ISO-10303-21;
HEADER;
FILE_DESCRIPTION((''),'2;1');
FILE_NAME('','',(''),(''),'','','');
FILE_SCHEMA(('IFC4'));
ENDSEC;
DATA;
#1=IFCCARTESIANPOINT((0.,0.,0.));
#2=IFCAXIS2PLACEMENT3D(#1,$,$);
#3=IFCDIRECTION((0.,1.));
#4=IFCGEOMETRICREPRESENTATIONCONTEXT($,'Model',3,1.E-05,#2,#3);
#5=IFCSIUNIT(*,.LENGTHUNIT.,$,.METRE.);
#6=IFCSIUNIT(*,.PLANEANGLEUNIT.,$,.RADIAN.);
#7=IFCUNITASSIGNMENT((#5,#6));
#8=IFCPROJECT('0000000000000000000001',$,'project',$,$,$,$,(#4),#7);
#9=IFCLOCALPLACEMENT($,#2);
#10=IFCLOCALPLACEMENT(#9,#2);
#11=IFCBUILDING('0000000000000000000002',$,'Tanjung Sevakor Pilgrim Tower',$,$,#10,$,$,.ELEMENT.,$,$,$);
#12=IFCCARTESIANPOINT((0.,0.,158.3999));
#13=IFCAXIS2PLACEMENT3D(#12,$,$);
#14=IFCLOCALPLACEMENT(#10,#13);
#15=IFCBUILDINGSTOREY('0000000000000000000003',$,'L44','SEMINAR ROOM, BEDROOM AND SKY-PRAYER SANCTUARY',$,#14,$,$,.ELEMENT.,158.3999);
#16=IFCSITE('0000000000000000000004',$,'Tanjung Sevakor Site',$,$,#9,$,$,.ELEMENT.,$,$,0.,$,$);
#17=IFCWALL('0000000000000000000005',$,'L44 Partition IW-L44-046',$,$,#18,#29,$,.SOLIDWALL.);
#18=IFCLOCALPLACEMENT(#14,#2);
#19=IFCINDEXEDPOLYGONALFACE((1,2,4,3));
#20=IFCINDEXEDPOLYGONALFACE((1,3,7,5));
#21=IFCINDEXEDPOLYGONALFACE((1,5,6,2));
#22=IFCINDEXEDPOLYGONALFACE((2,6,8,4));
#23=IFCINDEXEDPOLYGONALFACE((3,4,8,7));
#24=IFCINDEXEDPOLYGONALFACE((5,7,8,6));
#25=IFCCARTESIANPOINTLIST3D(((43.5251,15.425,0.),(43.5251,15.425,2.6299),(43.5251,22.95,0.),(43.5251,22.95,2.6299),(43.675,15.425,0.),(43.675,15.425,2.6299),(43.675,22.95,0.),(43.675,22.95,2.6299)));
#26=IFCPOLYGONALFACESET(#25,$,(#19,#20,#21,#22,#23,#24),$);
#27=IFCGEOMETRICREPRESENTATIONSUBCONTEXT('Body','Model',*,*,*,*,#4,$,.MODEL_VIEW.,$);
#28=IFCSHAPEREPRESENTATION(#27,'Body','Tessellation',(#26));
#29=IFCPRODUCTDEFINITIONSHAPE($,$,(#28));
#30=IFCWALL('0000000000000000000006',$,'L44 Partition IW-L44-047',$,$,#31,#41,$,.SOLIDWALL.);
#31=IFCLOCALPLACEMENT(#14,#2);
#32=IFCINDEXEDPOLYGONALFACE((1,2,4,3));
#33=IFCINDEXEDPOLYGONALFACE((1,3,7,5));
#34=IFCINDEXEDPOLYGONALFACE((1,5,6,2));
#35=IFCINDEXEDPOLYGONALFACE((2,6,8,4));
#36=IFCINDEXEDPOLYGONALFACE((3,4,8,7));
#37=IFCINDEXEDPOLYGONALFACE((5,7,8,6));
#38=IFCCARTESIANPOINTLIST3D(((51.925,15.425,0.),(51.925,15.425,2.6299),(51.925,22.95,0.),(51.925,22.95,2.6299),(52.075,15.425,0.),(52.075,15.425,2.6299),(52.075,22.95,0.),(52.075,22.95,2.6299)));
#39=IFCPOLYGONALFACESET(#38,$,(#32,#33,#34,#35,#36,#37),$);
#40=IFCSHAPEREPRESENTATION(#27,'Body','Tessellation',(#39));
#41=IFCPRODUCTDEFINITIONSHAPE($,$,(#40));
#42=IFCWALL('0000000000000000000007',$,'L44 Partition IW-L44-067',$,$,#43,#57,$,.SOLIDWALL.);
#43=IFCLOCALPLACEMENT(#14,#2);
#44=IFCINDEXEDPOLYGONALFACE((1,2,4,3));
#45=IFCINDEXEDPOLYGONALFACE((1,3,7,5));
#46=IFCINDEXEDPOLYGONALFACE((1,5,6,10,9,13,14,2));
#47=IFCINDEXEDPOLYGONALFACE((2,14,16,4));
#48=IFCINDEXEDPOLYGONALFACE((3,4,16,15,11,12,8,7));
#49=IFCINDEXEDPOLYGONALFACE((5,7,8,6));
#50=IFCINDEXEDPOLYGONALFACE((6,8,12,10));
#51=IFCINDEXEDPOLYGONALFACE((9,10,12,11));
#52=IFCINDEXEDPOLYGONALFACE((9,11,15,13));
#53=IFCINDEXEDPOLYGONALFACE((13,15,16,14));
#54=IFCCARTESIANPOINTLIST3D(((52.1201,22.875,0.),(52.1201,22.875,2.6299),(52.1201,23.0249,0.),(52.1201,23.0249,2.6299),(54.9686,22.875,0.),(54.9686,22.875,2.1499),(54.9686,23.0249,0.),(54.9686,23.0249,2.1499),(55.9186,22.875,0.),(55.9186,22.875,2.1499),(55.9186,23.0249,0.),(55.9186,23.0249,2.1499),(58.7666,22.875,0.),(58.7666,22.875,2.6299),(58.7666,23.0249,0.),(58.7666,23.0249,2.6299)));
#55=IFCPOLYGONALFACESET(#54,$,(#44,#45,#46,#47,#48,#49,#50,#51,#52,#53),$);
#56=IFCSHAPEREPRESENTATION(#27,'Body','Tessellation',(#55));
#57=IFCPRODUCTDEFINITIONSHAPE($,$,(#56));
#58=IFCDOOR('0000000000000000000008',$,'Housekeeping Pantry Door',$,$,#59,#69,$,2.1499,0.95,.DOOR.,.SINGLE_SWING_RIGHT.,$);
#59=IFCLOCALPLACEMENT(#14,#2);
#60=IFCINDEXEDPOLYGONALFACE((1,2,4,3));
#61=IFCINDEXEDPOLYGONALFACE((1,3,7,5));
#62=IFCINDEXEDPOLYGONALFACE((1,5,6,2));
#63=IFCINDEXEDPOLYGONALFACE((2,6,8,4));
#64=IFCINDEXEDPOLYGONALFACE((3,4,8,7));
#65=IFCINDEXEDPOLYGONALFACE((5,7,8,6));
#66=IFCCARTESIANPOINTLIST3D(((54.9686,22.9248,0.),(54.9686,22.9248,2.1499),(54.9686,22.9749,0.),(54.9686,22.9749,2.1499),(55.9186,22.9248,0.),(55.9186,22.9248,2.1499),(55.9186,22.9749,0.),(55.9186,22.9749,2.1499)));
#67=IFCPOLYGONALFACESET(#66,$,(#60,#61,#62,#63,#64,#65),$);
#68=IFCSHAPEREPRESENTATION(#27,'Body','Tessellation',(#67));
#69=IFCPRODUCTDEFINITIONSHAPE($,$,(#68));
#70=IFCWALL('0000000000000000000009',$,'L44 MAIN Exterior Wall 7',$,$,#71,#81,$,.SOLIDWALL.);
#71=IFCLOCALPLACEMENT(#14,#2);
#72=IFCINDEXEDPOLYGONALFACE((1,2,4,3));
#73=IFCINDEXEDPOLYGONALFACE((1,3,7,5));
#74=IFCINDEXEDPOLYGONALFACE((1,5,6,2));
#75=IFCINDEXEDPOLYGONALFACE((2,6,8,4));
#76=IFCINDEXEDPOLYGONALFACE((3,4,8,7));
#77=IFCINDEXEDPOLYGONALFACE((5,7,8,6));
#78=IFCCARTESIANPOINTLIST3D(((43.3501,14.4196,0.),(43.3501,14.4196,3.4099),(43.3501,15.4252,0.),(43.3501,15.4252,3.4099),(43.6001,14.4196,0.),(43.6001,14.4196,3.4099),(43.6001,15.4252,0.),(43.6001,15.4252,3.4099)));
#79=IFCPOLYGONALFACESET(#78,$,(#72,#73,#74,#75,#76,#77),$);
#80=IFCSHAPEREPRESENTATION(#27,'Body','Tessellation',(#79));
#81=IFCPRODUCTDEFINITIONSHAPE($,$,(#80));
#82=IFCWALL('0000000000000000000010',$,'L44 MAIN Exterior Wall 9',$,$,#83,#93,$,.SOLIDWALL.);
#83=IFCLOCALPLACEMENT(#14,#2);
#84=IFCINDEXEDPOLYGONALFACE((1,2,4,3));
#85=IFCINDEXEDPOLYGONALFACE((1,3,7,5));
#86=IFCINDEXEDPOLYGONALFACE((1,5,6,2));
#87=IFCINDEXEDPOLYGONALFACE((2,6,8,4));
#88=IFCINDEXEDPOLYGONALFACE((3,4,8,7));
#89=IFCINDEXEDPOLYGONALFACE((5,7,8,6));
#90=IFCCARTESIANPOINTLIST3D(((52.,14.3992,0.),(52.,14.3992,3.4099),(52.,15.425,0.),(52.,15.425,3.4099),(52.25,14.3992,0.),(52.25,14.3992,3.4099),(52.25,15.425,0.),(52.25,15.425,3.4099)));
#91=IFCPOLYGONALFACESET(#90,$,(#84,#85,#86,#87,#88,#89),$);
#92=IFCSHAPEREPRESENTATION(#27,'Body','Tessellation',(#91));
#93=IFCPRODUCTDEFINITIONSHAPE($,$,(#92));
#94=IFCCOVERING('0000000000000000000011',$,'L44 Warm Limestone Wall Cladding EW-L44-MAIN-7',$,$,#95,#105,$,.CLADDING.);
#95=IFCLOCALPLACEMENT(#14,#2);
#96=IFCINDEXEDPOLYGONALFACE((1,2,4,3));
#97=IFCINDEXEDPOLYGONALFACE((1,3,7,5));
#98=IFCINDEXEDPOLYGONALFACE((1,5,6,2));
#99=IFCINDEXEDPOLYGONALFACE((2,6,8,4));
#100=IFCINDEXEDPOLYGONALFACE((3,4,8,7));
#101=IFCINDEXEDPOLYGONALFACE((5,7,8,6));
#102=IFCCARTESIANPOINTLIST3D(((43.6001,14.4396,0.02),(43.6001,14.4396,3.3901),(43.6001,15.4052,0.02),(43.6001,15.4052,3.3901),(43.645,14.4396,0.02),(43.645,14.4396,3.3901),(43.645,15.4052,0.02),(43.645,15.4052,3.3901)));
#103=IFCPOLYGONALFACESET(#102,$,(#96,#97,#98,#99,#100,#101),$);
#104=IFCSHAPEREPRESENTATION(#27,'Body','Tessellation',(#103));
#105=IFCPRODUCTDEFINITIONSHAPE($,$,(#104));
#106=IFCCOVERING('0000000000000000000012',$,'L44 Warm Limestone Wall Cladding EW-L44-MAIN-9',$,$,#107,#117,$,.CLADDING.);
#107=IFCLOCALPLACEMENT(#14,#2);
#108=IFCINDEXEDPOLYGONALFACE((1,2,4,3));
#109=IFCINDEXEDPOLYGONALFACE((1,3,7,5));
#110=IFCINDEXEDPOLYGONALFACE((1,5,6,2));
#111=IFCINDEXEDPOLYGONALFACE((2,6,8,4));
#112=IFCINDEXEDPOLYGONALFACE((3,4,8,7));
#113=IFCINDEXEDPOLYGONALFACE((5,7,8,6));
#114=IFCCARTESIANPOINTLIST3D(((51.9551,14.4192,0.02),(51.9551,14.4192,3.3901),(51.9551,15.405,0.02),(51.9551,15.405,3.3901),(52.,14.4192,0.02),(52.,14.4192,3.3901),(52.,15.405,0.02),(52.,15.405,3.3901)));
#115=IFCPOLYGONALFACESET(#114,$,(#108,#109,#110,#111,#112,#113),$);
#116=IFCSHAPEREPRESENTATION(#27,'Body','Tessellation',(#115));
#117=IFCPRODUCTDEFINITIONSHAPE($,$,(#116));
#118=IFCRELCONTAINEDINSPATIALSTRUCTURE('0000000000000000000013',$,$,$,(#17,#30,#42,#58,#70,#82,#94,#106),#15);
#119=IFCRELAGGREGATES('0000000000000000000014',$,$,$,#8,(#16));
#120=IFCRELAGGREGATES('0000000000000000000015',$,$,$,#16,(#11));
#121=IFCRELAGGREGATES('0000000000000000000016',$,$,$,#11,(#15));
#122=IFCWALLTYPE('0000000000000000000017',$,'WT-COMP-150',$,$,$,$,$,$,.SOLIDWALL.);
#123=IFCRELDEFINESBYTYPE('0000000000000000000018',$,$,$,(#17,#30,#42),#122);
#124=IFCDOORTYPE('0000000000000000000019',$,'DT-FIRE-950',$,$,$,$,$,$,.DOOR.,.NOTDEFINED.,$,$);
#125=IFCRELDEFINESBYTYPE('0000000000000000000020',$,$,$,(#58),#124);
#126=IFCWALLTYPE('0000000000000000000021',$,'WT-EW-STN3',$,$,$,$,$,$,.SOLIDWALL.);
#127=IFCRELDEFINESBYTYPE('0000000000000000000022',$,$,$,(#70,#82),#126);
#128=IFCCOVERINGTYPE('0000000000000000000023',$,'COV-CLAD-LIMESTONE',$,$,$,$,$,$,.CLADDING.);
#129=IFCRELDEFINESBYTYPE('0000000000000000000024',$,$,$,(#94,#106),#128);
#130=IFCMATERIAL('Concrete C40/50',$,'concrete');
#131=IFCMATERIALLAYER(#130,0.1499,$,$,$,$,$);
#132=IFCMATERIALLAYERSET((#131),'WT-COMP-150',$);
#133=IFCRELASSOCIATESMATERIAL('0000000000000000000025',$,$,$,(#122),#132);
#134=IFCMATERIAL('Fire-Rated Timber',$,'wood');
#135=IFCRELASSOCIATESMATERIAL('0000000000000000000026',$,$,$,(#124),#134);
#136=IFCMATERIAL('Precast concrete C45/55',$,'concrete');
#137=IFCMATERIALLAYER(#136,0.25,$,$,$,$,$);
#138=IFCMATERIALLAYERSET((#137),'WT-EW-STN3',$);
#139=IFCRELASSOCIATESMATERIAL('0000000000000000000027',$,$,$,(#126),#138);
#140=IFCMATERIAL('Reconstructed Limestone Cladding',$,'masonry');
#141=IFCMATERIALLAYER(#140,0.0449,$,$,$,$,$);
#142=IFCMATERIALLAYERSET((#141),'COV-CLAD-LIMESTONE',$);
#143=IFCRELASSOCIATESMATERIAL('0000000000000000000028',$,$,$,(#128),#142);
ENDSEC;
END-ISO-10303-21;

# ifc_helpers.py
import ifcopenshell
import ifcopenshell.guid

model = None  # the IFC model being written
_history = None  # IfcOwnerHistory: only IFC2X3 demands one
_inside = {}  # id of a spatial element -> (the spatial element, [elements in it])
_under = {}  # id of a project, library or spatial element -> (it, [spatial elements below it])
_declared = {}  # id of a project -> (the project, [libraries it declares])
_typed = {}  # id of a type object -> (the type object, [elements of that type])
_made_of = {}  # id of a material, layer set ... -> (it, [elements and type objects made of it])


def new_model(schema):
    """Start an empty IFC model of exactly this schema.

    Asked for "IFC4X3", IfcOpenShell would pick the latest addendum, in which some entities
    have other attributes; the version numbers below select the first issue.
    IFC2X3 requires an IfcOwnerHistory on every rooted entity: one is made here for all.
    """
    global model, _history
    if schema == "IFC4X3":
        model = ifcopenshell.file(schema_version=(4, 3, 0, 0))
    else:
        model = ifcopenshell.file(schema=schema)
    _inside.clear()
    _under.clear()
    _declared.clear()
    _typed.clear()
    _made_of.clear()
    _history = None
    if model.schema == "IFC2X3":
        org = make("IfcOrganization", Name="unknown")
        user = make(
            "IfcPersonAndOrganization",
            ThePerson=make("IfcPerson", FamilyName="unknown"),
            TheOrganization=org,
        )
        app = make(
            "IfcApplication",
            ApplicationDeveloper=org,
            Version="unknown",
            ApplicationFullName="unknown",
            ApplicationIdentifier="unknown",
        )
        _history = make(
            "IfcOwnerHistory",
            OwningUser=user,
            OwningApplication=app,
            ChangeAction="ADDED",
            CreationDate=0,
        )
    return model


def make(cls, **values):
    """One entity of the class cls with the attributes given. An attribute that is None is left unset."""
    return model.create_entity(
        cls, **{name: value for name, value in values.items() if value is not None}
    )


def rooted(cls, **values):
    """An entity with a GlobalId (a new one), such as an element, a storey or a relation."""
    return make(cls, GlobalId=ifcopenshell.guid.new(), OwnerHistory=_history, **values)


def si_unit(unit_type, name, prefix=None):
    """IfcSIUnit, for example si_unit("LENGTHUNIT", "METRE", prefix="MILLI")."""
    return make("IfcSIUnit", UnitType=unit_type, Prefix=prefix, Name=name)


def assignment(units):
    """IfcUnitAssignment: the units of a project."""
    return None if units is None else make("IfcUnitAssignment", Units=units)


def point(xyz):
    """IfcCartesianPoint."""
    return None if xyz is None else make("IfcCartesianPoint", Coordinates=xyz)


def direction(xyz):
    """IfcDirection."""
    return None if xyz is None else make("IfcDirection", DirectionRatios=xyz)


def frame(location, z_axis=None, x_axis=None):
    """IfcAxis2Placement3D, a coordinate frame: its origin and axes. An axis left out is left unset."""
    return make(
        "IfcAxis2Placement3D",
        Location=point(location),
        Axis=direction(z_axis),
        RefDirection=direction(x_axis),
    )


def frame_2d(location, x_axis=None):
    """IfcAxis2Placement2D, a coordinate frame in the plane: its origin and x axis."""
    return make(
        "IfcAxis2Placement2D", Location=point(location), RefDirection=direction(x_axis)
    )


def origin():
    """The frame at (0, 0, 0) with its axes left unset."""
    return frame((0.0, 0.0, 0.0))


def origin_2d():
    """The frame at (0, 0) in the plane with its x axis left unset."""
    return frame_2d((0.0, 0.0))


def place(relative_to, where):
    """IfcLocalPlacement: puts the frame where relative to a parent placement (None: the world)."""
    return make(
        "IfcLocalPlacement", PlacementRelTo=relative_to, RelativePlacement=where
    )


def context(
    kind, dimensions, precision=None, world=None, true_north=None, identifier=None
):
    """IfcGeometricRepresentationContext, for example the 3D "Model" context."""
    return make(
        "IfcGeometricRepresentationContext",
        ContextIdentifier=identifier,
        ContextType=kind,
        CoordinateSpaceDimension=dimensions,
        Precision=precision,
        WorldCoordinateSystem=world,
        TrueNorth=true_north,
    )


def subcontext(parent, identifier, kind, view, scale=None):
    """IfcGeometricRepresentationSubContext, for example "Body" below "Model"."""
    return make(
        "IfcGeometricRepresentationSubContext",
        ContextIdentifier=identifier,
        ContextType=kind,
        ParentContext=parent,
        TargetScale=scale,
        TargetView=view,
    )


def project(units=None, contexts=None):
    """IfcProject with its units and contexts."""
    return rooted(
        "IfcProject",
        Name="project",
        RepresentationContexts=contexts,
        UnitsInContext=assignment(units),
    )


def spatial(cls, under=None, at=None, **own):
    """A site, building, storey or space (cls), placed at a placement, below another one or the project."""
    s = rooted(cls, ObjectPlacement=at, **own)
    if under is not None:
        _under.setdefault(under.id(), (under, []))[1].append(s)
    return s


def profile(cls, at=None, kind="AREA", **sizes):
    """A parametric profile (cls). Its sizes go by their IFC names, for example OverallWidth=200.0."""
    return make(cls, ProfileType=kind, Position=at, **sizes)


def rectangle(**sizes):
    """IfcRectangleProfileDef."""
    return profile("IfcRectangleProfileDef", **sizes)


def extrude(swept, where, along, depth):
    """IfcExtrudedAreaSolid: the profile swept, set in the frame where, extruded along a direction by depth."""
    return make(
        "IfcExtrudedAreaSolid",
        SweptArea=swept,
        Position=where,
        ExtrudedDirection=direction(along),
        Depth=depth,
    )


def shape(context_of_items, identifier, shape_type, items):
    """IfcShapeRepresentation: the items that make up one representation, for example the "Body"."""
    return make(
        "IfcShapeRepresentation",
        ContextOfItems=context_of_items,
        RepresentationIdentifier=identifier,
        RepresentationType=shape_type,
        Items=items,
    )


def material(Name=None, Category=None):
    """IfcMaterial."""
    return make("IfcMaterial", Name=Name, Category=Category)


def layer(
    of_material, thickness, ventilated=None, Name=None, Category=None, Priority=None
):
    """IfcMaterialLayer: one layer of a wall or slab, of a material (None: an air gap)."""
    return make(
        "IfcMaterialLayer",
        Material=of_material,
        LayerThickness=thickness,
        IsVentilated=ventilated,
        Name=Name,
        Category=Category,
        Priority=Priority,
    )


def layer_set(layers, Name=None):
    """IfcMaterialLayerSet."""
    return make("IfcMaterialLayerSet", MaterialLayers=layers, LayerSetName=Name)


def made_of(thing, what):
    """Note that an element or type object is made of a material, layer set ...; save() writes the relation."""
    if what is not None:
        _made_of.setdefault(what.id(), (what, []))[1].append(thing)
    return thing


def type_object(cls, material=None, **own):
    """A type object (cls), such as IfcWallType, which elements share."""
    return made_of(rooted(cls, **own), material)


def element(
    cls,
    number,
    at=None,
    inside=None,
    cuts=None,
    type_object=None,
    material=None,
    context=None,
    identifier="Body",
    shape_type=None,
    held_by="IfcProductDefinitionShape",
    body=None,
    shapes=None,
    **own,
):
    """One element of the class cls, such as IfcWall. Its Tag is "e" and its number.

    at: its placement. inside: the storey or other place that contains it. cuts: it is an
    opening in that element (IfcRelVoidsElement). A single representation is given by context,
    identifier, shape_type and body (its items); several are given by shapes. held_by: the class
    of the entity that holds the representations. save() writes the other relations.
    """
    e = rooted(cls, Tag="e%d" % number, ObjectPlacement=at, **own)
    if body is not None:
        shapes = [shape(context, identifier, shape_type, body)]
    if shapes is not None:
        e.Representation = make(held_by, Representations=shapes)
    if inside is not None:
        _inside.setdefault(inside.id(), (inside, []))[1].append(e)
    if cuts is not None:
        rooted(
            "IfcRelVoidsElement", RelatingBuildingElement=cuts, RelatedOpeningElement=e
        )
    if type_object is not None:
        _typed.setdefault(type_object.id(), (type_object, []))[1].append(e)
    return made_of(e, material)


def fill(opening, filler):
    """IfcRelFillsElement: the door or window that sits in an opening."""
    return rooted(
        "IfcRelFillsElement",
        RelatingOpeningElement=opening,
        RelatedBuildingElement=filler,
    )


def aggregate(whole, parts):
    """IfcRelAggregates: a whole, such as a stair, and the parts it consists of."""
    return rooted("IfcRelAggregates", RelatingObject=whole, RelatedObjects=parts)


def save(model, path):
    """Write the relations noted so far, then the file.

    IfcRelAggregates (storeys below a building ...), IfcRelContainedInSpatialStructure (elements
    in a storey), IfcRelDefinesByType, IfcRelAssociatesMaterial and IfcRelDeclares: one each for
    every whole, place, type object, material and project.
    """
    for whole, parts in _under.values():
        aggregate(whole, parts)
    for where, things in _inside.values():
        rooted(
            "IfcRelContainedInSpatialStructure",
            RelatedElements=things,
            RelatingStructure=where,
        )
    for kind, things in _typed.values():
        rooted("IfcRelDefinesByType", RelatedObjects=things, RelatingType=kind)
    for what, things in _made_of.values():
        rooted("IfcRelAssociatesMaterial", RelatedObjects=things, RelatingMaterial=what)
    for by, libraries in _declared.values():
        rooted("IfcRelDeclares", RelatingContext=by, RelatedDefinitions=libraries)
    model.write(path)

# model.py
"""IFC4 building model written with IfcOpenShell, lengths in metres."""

from ifc_helpers import new_model, si_unit, direction, frame, frame_2d, origin, origin_2d, place, context, subcontext, project, spatial, rectangle, extrude, material, layer, layer_set, type_object, element, fill, save


model = new_model("IFC4")

# Units and contexts
model_context = context("Model", 3, precision=1e-05, world=origin(), true_north=direction((0.0, 1.0)))
body_context = subcontext(model_context, "Body", "Model", "MODEL_VIEW")
ifc_project = project(units=[si_unit("LENGTHUNIT", "METRE"), si_unit("PLANEANGLEUNIT", "RADIAN")], contexts=[model_context])

# Site, building, storey
site_placement = place(None, origin())
site = spatial("IfcSite", under=ifc_project, at=site_placement, Name="Tanjung Sevakor Site", CompositionType="ELEMENT", RefElevation=0.0)
building_placement = place(site_placement, origin())
building = spatial("IfcBuilding", under=site, at=building_placement, Name="Tanjung Sevakor Pilgrim Tower", CompositionType="ELEMENT")
storey_placement = place(building_placement, frame((0.0, 0.0, 158.3999)))
storey = spatial("IfcBuildingStorey", under=building, at=storey_placement, Name="L44", Description="SEMINAR ROOM, BEDROOM AND SKY-PRAYER SANCTUARY", CompositionType="ELEMENT", Elevation=158.3999)

# Shared definitions
ifc_material_1 = material(Name="Concrete C40/50", Category="concrete")
ifc_layer_1 = layer(ifc_material_1, 0.1499)
ifc_layer_set_1 = layer_set([ifc_layer_1], Name="WT-COMP-150")
wall_type_1 = type_object("IfcWallType", Name="WT-COMP-150", PredefinedType="SOLIDWALL", material=ifc_layer_set_1)

# Walls
for number, where, z_axis, x_axis, name in (
    (1, (43.6001, 15.425, 0.0), (0.0, 0.0, 1.0), (0.0, 1.0, 0.0), "L44 Partition IW-L44-046"),
    (2, (52.0, 15.425, 0.0), (0.0, 0.0, 1.0), (0.0, 1.0, 0.0), "L44 Partition IW-L44-047"),
):
    element("IfcWall", number, at=place(storey_placement, frame(where, z_axis=z_axis, x_axis=x_axis)), inside=storey, type_object=wall_type_1, Name=name, PredefinedType="SOLIDWALL", context=body_context, shape_type="SweptSolid", body=[
        extrude(rectangle(XDim=7.5249, YDim=0.1499, at=frame_2d((3.7625, 0.0))), origin(), (0.0, 0.0, 1.0), 2.6299),
    ])

# Wall, opening, door
wall_1_placement = place(storey_placement, frame((52.1201, 22.95, 0.0), z_axis=(0.0, 0.0, 1.0), x_axis=(1.0, 0.0, 0.0)))
wall_1 = element("IfcWall", 3, at=wall_1_placement, inside=storey, type_object=wall_type_1, Name="L44 Partition IW-L44-067", PredefinedType="SOLIDWALL", context=body_context, shape_type="SweptSolid", body=[
    extrude(rectangle(XDim=6.6465, YDim=0.1499, at=frame_2d((3.3232, 0.0))), origin(), (0.0, 0.0, 1.0), 2.6299),
])
opening_1_placement = place(wall_1_placement, frame((2.8484, 0.0, 0.0)))
opening_1 = element("IfcOpeningElement", 4, at=opening_1_placement, cuts=wall_1, PredefinedType="OPENING", context=body_context, shape_type="SweptSolid", body=[
    extrude(rectangle(XDim=0.95, YDim=2.1499, at=frame_2d((0.4751, 1.075))), frame((0.0, 0.085, 0.0), z_axis=(0.0, -1.0, 0.0), x_axis=(1.0, 0.0, 0.0)), (0.0, 0.0, 1.0), 0.1699),
])
ifc_material_2 = material(Name="Fire-Rated Timber", Category="wood")
door_type_1 = type_object("IfcDoorType", Name="DT-FIRE-950", OperationType="NOTDEFINED", PredefinedType="DOOR", material=ifc_material_2)
door_1_placement = place(opening_1_placement, origin())
door_1 = element("IfcDoor", 5, at=door_1_placement, inside=storey, type_object=door_type_1, Name="Housekeeping Pantry Door", OperationType="SINGLE_SWING_RIGHT", OverallHeight=2.1499, OverallWidth=0.95, PredefinedType="DOOR", context=body_context, shape_type="SweptSolid", body=[
    extrude(rectangle(XDim=0.95, YDim=2.1499, at=frame_2d((0.4751, 1.075))), frame((0.0, 0.0249, 0.0), z_axis=(0.0, -1.0, 0.0), x_axis=(1.0, 0.0, 0.0)), (0.0, 0.0, 1.0), 0.05),
])
fill(opening_1, door_1)

# Walls
ifc_material_3 = material(Name="Precast concrete C45/55", Category="concrete")
ifc_layer_2 = layer(ifc_material_3, 0.25)
ifc_layer_set_2 = layer_set([ifc_layer_2], Name="WT-EW-STN3")
wall_type_2 = type_object("IfcWallType", Name="WT-EW-STN3", PredefinedType="SOLIDWALL", material=ifc_layer_set_2)
wall_2_placement = place(storey_placement, frame((43.4751, 14.4194, 0.0), z_axis=(0.0, 0.0, 1.0), x_axis=(0.0, 1.0, 0.0)))
element("IfcWall", 6, at=wall_2_placement, inside=storey, type_object=wall_type_2, Name="L44 MAIN Exterior Wall 7", PredefinedType="SOLIDWALL", context=body_context, shape_type="SweptSolid", body=[
    extrude(rectangle(XDim=1.0056, YDim=0.25, at=frame_2d((0.5029, 0.0))), origin(), (0.0, 0.0, 1.0), 3.4099),
])
wall_3_placement = place(storey_placement, frame((52.125, 15.425, 0.0), z_axis=(0.0, 0.0, 1.0), x_axis=(0.0, -1.0, 0.0)))
element("IfcWall", 7, at=wall_3_placement, inside=storey, type_object=wall_type_2, Name="L44 MAIN Exterior Wall 9", PredefinedType="SOLIDWALL", context=body_context, shape_type="SweptSolid", body=[
    extrude(rectangle(XDim=1.0259, YDim=0.25, at=frame_2d((0.5129, 0.0))), origin(), (0.0, 0.0, 1.0), 3.4099),
])

# Coverings
ifc_material_4 = material(Name="Reconstructed Limestone Cladding", Category="masonry")
ifc_layer_3 = layer(ifc_material_4, 0.0449)
ifc_layer_set_3 = layer_set([ifc_layer_3], Name="COV-CLAD-LIMESTONE")
covering_type = type_object("IfcCoveringType", Name="COV-CLAD-LIMESTONE", PredefinedType="CLADDING", material=ifc_layer_set_3)
covering_1_placement = place(storey_placement, frame((43.6226, 14.9224, 0.02), z_axis=(0.0, 0.0, 1.0), x_axis=(0.0, 1.0, 0.0)))
element("IfcCovering", 8, at=covering_1_placement, inside=storey, type_object=covering_type, Name="L44 Warm Limestone Wall Cladding EW-L44-MAIN-7", PredefinedType="CLADDING", context=body_context, shape_type="SweptSolid", body=[
    extrude(rectangle(XDim=0.9656, YDim=0.0449, at=origin_2d()), origin(), (0.0, 0.0, 1.0), 3.3701),
])
covering_2_placement = place(storey_placement, frame((51.9775, 14.9121, 0.02), z_axis=(0.0, 0.0, 1.0), x_axis=(0.0, -1.0, 0.0)))
element("IfcCovering", 9, at=covering_2_placement, inside=storey, type_object=covering_type, Name="L44 Warm Limestone Wall Cladding EW-L44-MAIN-9", PredefinedType="CLADDING", context=body_context, shape_type="SweptSolid", body=[
    extrude(rectangle(XDim=0.9858, YDim=0.0449, at=origin_2d()), origin(), (0.0, 0.0, 1.0), 3.3701),
])

save(model, "model.ifc")
